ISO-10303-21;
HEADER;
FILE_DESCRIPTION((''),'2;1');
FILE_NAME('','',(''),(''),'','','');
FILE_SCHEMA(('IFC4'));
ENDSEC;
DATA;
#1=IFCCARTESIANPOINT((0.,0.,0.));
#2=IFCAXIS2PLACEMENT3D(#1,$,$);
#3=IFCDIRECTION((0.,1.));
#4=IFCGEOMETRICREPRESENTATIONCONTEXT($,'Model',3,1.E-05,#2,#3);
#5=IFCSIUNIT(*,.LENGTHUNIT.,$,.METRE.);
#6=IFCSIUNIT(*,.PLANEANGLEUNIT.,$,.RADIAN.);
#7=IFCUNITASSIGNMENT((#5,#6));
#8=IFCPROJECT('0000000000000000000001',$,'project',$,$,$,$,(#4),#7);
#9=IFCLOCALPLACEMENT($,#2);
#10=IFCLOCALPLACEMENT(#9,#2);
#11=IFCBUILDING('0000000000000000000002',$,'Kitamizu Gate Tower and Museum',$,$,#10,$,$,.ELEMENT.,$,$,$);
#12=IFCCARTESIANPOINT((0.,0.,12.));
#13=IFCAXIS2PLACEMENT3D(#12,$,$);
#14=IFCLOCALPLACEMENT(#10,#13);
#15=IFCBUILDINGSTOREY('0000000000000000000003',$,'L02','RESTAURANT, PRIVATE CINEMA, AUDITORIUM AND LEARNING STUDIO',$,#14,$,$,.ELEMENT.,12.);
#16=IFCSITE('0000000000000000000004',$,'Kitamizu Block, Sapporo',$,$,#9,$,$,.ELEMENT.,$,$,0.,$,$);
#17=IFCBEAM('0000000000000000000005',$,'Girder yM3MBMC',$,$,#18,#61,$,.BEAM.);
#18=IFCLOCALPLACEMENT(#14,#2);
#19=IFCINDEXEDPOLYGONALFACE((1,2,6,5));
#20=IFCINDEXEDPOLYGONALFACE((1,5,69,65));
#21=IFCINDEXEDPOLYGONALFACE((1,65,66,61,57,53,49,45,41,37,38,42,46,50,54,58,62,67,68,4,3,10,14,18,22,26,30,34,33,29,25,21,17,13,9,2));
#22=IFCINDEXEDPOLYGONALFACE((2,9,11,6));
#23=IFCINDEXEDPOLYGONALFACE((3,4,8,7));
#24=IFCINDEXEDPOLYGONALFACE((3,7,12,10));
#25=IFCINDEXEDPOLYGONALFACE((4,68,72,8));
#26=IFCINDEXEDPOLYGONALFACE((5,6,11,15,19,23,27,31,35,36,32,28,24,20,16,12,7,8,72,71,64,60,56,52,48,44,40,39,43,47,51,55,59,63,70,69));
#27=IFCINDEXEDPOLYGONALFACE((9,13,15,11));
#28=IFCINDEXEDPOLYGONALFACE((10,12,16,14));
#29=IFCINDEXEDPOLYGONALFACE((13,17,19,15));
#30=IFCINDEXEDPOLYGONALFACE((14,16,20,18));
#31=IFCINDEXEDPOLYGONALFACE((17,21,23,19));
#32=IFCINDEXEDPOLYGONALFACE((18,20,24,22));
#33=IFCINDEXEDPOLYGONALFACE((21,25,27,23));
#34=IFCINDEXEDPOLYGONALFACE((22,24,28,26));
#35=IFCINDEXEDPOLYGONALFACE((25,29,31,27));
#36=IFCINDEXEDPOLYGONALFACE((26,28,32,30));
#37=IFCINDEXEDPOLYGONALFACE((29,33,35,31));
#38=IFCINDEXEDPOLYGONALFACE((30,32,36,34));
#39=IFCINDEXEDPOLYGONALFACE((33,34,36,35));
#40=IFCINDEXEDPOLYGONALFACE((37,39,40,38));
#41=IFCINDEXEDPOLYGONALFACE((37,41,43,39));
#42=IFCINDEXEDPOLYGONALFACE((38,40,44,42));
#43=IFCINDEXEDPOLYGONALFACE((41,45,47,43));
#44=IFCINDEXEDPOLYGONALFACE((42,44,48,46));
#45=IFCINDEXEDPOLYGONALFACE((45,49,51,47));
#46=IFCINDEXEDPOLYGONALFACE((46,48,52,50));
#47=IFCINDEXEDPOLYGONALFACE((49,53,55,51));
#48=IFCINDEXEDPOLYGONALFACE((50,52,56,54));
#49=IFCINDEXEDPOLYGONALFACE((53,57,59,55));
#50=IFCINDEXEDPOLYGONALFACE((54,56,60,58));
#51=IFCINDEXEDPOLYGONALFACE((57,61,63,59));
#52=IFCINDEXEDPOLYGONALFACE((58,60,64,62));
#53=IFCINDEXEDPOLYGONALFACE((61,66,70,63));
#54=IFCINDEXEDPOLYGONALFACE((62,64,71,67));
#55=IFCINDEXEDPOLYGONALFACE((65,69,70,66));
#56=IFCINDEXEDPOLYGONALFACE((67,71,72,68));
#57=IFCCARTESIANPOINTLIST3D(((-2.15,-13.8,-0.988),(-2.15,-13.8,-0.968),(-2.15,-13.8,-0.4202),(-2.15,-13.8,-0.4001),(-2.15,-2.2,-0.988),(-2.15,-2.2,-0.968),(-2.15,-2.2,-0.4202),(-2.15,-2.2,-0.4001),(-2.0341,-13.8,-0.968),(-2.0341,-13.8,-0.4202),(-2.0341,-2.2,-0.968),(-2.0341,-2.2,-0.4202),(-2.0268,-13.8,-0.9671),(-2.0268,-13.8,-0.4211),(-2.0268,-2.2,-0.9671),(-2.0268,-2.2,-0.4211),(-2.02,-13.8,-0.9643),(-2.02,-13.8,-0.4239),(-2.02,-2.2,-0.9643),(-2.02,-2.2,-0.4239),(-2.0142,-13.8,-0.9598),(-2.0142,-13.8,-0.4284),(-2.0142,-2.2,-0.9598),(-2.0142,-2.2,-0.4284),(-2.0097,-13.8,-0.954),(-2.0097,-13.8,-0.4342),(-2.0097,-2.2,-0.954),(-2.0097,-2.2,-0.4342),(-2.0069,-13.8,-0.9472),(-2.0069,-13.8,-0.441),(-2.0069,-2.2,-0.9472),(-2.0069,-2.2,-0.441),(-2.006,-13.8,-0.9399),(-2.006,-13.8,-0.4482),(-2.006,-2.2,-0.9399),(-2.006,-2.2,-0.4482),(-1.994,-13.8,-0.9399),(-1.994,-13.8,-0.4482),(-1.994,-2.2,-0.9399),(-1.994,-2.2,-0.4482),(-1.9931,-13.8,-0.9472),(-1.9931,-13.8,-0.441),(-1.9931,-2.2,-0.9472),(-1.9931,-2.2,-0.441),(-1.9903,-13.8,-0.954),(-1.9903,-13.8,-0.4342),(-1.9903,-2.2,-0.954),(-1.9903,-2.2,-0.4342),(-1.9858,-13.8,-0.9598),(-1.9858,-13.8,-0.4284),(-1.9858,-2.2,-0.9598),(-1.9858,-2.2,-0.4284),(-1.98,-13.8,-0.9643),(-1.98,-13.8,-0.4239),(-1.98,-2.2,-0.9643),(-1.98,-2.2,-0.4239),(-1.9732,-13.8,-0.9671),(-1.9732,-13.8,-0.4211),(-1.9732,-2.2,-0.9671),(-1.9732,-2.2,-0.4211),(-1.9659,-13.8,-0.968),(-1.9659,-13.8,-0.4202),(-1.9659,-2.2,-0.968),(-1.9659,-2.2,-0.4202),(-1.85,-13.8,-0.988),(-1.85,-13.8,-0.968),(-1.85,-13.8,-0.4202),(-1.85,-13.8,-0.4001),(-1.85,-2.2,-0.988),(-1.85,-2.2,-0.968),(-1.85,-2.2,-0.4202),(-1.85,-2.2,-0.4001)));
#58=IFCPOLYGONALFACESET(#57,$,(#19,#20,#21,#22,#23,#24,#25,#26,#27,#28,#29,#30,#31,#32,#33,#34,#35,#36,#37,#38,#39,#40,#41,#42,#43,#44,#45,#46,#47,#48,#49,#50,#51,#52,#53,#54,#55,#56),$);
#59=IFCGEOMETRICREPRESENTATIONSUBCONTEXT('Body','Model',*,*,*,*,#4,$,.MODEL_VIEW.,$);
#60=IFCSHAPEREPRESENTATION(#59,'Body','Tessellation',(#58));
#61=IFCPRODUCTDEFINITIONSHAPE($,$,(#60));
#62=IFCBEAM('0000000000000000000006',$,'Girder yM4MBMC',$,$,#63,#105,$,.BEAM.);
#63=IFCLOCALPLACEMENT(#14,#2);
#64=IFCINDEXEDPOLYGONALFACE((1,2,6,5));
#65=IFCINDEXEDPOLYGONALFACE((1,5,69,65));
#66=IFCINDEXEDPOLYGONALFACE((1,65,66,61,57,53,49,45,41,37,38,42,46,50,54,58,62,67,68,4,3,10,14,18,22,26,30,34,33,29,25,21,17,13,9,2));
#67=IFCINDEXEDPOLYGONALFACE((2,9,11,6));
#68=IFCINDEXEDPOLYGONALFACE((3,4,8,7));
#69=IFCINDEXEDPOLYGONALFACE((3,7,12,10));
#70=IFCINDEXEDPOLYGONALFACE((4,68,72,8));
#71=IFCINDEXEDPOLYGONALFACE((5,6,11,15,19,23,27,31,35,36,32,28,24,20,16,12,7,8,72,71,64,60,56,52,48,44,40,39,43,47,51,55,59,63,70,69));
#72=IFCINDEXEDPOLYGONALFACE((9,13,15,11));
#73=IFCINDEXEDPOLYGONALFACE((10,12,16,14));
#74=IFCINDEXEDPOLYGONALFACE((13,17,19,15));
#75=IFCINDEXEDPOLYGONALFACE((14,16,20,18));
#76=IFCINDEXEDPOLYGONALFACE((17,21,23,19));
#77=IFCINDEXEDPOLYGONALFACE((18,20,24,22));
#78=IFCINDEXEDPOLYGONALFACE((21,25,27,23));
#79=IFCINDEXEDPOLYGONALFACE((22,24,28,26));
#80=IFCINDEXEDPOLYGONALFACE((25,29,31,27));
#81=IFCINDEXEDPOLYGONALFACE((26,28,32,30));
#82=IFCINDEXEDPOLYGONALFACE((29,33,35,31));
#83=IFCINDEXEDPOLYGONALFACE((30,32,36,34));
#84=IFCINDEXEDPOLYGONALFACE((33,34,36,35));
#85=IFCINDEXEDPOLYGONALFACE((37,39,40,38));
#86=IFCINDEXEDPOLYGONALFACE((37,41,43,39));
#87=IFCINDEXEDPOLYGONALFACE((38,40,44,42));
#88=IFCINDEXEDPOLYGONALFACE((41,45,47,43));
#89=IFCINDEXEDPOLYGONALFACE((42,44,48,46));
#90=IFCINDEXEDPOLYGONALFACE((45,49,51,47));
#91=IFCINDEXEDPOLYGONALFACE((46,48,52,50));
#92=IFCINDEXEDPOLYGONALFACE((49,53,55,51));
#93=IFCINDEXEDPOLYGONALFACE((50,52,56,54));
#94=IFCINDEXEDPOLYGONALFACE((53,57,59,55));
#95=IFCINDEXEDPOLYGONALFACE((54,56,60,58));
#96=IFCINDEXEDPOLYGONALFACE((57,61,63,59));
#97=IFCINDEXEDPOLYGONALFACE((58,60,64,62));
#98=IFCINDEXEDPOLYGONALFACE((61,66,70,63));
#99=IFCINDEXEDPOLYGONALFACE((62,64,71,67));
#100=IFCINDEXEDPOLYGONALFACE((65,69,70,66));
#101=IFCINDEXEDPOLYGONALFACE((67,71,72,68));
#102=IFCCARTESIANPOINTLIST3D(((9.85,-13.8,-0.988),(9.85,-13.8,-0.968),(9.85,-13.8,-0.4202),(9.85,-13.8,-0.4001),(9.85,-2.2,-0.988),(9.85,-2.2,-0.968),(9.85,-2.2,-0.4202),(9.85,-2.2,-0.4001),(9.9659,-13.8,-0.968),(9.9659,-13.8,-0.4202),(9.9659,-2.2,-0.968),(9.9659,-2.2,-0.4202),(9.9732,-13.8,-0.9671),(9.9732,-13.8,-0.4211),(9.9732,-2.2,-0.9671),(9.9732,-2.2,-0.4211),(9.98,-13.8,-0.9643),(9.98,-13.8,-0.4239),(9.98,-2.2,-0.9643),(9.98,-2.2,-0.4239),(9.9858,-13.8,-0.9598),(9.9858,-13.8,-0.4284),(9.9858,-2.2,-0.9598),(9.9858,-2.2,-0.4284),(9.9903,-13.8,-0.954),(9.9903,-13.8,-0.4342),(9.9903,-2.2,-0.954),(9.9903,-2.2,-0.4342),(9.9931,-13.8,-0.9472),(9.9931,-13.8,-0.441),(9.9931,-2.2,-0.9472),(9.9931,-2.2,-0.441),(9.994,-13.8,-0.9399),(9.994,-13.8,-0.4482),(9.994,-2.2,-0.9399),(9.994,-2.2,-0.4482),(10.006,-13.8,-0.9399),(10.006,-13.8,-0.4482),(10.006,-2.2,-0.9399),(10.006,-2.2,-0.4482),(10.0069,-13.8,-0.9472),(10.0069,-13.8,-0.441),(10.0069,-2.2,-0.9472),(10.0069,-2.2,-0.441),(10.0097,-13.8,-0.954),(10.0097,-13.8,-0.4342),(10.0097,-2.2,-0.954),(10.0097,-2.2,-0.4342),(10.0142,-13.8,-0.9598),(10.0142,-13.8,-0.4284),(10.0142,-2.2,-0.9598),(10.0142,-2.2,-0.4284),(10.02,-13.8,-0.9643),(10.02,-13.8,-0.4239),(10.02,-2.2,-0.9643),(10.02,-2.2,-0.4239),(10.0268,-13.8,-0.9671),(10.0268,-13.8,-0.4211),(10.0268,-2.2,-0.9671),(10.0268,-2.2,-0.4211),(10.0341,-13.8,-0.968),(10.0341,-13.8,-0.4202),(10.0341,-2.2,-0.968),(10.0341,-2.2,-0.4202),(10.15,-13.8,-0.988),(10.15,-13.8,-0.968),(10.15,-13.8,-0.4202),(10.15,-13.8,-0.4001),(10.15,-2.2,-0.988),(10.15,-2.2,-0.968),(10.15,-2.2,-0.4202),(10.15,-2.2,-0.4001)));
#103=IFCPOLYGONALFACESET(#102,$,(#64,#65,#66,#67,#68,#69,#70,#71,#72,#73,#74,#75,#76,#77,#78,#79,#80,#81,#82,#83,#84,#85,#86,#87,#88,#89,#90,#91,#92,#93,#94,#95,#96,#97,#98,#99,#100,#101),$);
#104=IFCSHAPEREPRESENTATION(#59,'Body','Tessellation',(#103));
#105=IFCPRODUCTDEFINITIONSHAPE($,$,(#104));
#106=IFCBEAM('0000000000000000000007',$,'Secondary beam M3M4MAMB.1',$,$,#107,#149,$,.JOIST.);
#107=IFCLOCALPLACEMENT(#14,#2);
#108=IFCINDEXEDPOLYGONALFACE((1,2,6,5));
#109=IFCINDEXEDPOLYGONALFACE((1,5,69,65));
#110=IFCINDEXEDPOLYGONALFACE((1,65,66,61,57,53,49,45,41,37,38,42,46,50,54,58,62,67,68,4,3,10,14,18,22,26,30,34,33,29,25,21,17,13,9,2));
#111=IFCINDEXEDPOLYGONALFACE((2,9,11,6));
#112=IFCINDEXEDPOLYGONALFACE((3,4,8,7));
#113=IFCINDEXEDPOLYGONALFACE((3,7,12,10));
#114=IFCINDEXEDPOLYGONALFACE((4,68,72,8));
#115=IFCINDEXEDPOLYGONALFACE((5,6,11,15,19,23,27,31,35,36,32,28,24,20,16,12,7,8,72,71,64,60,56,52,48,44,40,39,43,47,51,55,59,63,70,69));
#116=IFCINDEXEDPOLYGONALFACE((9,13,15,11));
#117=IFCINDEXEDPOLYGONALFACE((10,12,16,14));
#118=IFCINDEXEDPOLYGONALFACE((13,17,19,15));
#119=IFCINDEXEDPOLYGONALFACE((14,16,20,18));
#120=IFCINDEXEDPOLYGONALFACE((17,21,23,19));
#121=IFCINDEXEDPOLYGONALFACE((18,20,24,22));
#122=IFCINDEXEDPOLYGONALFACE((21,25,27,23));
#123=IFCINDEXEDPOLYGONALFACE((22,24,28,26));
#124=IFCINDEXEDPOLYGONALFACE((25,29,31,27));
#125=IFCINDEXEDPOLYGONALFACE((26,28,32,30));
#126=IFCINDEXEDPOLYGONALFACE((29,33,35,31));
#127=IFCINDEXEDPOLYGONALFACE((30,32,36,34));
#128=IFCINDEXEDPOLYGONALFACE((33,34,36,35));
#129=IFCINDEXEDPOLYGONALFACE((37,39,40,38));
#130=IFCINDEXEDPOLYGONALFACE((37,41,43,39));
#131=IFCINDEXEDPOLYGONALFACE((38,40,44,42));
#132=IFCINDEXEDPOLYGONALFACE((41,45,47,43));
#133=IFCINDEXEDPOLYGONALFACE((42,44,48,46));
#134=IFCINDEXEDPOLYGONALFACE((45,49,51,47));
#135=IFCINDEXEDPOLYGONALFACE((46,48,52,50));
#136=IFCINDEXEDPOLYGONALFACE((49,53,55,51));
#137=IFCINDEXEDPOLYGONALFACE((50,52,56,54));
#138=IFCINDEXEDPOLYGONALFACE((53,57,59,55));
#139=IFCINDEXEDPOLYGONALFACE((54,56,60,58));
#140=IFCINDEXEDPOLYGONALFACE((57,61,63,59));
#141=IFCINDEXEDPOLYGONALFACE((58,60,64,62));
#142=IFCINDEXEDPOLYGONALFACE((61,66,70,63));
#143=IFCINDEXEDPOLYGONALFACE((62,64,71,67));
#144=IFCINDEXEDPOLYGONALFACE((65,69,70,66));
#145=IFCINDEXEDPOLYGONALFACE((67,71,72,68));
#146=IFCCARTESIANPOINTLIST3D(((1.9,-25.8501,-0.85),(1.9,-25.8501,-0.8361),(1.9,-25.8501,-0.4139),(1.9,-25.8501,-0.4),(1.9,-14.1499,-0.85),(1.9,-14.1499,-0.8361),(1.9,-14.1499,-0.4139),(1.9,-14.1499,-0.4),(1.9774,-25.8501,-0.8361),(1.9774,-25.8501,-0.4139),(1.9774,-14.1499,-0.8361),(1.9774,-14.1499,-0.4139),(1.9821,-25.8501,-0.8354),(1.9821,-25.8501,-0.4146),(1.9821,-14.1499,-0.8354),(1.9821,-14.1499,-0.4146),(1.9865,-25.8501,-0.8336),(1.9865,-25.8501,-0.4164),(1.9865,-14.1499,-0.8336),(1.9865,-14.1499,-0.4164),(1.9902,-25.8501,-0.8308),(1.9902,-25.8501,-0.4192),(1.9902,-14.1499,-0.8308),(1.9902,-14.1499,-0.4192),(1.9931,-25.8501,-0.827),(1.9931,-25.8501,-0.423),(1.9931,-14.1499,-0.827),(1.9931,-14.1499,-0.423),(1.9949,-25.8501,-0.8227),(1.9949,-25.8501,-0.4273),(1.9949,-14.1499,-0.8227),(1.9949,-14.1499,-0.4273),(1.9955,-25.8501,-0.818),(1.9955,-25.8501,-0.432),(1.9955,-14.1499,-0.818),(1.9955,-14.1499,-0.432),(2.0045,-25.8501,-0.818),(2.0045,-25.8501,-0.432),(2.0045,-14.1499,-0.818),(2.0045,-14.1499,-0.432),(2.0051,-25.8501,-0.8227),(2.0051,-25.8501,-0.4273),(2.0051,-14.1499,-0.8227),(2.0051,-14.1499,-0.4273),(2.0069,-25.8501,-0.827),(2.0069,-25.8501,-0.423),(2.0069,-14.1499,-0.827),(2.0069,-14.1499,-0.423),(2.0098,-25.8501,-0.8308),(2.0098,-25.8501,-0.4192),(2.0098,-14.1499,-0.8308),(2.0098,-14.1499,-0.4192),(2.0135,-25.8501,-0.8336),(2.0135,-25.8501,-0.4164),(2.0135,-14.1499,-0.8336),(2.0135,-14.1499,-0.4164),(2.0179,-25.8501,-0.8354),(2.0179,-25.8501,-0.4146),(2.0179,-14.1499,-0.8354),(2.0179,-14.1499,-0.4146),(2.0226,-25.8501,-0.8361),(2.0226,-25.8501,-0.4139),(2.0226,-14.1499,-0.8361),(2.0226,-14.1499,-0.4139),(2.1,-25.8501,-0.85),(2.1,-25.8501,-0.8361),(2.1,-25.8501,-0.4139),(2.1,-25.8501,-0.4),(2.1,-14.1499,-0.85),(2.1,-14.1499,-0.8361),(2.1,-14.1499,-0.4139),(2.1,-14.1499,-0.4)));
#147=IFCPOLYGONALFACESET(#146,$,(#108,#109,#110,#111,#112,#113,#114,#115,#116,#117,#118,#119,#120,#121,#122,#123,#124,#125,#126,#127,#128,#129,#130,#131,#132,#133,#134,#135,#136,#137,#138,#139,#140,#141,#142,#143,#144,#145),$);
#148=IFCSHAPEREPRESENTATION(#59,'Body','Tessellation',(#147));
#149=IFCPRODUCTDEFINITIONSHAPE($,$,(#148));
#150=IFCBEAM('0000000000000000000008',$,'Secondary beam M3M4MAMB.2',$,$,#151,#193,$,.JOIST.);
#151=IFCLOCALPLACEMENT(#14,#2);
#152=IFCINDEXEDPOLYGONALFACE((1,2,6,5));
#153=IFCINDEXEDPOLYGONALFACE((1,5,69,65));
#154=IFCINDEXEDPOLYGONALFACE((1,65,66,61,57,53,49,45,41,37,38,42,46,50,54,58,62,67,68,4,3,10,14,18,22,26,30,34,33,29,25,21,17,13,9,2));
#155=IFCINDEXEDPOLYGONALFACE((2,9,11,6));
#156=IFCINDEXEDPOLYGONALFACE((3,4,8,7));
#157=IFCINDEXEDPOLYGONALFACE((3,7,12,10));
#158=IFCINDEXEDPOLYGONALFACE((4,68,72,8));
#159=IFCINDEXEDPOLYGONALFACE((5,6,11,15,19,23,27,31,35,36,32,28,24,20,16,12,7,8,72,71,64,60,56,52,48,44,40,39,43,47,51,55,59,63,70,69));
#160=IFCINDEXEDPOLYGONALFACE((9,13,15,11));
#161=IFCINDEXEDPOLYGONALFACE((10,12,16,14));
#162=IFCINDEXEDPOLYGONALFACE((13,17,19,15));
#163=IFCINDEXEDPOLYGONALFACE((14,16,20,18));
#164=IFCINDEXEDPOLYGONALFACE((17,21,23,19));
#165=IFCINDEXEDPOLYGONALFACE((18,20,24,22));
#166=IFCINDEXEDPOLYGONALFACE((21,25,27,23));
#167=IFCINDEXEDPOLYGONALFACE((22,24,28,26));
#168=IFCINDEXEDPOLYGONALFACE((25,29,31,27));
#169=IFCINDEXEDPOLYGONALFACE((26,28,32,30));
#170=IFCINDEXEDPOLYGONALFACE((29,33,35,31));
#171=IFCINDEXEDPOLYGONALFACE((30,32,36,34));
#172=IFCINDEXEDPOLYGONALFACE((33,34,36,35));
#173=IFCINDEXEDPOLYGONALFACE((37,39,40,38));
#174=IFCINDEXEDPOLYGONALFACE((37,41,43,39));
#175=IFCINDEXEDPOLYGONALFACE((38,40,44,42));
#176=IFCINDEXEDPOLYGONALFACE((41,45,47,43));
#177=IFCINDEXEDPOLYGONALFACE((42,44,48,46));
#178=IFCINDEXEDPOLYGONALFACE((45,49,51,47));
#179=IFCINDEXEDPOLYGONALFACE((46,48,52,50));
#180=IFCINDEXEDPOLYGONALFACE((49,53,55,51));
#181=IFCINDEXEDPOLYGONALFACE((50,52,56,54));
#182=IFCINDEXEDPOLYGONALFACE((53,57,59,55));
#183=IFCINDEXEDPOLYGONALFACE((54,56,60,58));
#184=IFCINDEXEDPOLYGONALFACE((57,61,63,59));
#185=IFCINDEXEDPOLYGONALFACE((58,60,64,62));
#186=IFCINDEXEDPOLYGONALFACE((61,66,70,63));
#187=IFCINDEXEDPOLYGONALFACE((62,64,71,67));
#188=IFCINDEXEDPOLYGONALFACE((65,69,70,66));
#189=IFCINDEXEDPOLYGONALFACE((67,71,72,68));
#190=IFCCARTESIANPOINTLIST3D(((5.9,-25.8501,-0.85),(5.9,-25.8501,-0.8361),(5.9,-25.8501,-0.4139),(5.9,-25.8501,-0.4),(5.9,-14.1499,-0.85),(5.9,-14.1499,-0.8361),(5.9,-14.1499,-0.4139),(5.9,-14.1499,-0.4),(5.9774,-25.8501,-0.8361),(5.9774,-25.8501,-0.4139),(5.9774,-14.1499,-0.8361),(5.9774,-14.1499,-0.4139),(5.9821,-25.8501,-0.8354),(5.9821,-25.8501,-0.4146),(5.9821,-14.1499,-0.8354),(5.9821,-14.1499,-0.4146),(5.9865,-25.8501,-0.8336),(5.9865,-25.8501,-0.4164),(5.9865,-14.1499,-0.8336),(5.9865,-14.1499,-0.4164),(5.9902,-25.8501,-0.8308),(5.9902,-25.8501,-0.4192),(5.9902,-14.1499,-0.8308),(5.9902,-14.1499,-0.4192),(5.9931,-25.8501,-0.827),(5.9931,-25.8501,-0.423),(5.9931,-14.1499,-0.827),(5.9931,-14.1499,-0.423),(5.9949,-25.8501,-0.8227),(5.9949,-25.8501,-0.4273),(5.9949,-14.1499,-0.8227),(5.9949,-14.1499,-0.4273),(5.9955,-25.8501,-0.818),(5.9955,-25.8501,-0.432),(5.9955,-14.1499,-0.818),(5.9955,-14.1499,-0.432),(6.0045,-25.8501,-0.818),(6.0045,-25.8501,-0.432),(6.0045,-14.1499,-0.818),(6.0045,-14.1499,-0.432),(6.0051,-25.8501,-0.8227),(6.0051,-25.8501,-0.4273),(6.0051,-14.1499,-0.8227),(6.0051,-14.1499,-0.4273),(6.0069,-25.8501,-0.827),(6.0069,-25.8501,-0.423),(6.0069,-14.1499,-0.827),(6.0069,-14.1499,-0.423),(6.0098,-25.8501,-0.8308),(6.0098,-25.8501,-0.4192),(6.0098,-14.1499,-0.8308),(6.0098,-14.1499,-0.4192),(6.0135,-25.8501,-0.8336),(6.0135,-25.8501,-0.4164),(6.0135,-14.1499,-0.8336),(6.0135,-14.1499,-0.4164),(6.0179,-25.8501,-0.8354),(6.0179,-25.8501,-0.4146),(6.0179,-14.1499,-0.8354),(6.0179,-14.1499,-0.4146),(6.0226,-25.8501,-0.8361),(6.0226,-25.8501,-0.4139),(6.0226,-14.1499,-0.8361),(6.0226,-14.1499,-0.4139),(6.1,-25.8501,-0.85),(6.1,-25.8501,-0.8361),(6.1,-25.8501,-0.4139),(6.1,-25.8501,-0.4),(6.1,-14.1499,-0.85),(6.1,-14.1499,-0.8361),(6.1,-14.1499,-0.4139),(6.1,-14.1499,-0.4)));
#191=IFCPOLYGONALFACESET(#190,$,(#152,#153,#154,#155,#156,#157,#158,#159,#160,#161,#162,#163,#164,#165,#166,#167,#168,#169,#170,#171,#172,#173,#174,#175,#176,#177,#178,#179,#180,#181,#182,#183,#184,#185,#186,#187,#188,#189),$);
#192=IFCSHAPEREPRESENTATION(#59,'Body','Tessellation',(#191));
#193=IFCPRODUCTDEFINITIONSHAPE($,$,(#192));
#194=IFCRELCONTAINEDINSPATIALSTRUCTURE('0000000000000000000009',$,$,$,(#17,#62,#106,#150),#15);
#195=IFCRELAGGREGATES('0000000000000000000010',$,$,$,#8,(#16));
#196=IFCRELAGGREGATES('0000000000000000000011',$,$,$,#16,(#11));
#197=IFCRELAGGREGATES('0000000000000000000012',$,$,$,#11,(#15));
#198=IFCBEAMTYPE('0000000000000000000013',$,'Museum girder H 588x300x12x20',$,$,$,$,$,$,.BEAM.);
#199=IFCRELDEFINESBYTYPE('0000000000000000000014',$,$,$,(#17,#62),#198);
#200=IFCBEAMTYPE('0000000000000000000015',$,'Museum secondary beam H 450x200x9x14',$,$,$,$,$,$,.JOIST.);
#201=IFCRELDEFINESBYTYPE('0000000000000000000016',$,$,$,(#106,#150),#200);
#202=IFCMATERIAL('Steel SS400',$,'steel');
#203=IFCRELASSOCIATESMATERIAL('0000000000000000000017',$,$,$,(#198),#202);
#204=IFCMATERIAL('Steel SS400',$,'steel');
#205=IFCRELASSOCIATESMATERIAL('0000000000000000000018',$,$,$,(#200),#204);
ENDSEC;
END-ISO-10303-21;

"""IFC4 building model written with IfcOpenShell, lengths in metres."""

from ifc_helpers import new_model, si_unit, direction, frame, origin, origin_2d, place, context, subcontext, project, spatial, i_section, extrude, material, material_profile, profile_set, type_object, element, save


model = new_model("IFC4")

# Units and contexts
model_context = context("Model", 3, precision=1e-05, world=origin(), true_north=direction((0.0, 1.0)))
body_context = subcontext(model_context, "Body", "Model", "MODEL_VIEW")
ifc_project = project(units=[si_unit("LENGTHUNIT", "METRE"), si_unit("PLANEANGLEUNIT", "RADIAN")], contexts=[model_context])

# Site, building, storey
site_placement = place(None, origin())
site = spatial("IfcSite", under=ifc_project, at=site_placement, Name="Kitamizu Block, Sapporo", CompositionType="ELEMENT", RefElevation=0.0)
building_placement = place(site_placement, origin())
building = spatial("IfcBuilding", under=site, at=building_placement, Name="Kitamizu Gate Tower and Museum", CompositionType="ELEMENT")
storey_placement = place(building_placement, frame((0.0, 0.0, 12.0)))
storey = spatial("IfcBuildingStorey", under=building, at=storey_placement, Name="L02", Description="RESTAURANT, PRIVATE CINEMA, AUDITORIUM AND LEARNING STUDIO", CompositionType="ELEMENT", Elevation=12.0)

# Beams
ifc_material_1 = material(Name="Steel SS400", Category="steel")
ifc_material_profile_1 = material_profile(ifc_material_1, i_section(OverallWidth=0.3, OverallDepth=0.5879, WebThickness=0.012, FlangeThickness=0.02, FilletRadius=0.0281, at=origin_2d()), Name="H-588x300x12x20")
ifc_profile_set_1 = profile_set([ifc_material_profile_1], Name="Steel SS400")
beam_type_1 = type_object("IfcBeamType", Name="Museum girder H 588x300x12x20", PredefinedType="BEAM", material=ifc_profile_set_1)
for number, where, z_axis, x_axis, name in (
    (1, (-2.0, -13.8, -0.6941), (0.0, 1.0, 0.0), (-1.0, 0.0, 0.0), "Girder yM3MBMC"),
    (2, (10.0, -13.8, -0.6941), (0.0, 1.0, 0.0), (-1.0, 0.0, 0.0), "Girder yM4MBMC"),
):
    element("IfcBeam", number, at=place(storey_placement, frame(where, z_axis=z_axis, x_axis=x_axis)), inside=storey, type_object=beam_type_1, Name=name, PredefinedType="BEAM", context=body_context, shape_type="SweptSolid", body=[
        extrude(i_section(OverallWidth=0.3, OverallDepth=0.5879, WebThickness=0.012, FlangeThickness=0.02, FilletRadius=0.0281, at=origin_2d()), origin(), (0.0, 0.0, 1.0), 11.6001),
    ])
ifc_material_2 = material(Name="Steel SS400", Category="steel")
ifc_material_profile_2 = material_profile(ifc_material_2, i_section(OverallWidth=0.2, OverallDepth=0.45, WebThickness=0.009, FlangeThickness=0.0139, FilletRadius=0.0181, at=origin_2d()), Name="H-450x200x9x14")
ifc_profile_set_2 = profile_set([ifc_material_profile_2], Name="Steel SS400")
beam_type_2 = type_object("IfcBeamType", Name="Museum secondary beam H 450x200x9x14", PredefinedType="JOIST", material=ifc_profile_set_2)
for number, where, z_axis, x_axis, name in (
    (3, (2.0, -25.8501, -0.625), (0.0, 1.0, 0.0), (-1.0, 0.0, 0.0), "Secondary beam M3M4MAMB.1"),
    (4, (6.0, -25.8501, -0.625), (0.0, 1.0, 0.0), (-1.0, 0.0, 0.0), "Secondary beam M3M4MAMB.2"),
):
    element("IfcBeam", number, at=place(storey_placement, frame(where, z_axis=z_axis, x_axis=x_axis)), inside=storey, type_object=beam_type_2, Name=name, PredefinedType="JOIST", context=body_context, shape_type="SweptSolid", body=[
        extrude(i_section(OverallWidth=0.2, OverallDepth=0.45, WebThickness=0.009, FlangeThickness=0.0139, FilletRadius=0.0181, at=origin_2d()), origin(), (0.0, 0.0, 1.0), 11.7002),
    ])

save(model, "model.ifc")
